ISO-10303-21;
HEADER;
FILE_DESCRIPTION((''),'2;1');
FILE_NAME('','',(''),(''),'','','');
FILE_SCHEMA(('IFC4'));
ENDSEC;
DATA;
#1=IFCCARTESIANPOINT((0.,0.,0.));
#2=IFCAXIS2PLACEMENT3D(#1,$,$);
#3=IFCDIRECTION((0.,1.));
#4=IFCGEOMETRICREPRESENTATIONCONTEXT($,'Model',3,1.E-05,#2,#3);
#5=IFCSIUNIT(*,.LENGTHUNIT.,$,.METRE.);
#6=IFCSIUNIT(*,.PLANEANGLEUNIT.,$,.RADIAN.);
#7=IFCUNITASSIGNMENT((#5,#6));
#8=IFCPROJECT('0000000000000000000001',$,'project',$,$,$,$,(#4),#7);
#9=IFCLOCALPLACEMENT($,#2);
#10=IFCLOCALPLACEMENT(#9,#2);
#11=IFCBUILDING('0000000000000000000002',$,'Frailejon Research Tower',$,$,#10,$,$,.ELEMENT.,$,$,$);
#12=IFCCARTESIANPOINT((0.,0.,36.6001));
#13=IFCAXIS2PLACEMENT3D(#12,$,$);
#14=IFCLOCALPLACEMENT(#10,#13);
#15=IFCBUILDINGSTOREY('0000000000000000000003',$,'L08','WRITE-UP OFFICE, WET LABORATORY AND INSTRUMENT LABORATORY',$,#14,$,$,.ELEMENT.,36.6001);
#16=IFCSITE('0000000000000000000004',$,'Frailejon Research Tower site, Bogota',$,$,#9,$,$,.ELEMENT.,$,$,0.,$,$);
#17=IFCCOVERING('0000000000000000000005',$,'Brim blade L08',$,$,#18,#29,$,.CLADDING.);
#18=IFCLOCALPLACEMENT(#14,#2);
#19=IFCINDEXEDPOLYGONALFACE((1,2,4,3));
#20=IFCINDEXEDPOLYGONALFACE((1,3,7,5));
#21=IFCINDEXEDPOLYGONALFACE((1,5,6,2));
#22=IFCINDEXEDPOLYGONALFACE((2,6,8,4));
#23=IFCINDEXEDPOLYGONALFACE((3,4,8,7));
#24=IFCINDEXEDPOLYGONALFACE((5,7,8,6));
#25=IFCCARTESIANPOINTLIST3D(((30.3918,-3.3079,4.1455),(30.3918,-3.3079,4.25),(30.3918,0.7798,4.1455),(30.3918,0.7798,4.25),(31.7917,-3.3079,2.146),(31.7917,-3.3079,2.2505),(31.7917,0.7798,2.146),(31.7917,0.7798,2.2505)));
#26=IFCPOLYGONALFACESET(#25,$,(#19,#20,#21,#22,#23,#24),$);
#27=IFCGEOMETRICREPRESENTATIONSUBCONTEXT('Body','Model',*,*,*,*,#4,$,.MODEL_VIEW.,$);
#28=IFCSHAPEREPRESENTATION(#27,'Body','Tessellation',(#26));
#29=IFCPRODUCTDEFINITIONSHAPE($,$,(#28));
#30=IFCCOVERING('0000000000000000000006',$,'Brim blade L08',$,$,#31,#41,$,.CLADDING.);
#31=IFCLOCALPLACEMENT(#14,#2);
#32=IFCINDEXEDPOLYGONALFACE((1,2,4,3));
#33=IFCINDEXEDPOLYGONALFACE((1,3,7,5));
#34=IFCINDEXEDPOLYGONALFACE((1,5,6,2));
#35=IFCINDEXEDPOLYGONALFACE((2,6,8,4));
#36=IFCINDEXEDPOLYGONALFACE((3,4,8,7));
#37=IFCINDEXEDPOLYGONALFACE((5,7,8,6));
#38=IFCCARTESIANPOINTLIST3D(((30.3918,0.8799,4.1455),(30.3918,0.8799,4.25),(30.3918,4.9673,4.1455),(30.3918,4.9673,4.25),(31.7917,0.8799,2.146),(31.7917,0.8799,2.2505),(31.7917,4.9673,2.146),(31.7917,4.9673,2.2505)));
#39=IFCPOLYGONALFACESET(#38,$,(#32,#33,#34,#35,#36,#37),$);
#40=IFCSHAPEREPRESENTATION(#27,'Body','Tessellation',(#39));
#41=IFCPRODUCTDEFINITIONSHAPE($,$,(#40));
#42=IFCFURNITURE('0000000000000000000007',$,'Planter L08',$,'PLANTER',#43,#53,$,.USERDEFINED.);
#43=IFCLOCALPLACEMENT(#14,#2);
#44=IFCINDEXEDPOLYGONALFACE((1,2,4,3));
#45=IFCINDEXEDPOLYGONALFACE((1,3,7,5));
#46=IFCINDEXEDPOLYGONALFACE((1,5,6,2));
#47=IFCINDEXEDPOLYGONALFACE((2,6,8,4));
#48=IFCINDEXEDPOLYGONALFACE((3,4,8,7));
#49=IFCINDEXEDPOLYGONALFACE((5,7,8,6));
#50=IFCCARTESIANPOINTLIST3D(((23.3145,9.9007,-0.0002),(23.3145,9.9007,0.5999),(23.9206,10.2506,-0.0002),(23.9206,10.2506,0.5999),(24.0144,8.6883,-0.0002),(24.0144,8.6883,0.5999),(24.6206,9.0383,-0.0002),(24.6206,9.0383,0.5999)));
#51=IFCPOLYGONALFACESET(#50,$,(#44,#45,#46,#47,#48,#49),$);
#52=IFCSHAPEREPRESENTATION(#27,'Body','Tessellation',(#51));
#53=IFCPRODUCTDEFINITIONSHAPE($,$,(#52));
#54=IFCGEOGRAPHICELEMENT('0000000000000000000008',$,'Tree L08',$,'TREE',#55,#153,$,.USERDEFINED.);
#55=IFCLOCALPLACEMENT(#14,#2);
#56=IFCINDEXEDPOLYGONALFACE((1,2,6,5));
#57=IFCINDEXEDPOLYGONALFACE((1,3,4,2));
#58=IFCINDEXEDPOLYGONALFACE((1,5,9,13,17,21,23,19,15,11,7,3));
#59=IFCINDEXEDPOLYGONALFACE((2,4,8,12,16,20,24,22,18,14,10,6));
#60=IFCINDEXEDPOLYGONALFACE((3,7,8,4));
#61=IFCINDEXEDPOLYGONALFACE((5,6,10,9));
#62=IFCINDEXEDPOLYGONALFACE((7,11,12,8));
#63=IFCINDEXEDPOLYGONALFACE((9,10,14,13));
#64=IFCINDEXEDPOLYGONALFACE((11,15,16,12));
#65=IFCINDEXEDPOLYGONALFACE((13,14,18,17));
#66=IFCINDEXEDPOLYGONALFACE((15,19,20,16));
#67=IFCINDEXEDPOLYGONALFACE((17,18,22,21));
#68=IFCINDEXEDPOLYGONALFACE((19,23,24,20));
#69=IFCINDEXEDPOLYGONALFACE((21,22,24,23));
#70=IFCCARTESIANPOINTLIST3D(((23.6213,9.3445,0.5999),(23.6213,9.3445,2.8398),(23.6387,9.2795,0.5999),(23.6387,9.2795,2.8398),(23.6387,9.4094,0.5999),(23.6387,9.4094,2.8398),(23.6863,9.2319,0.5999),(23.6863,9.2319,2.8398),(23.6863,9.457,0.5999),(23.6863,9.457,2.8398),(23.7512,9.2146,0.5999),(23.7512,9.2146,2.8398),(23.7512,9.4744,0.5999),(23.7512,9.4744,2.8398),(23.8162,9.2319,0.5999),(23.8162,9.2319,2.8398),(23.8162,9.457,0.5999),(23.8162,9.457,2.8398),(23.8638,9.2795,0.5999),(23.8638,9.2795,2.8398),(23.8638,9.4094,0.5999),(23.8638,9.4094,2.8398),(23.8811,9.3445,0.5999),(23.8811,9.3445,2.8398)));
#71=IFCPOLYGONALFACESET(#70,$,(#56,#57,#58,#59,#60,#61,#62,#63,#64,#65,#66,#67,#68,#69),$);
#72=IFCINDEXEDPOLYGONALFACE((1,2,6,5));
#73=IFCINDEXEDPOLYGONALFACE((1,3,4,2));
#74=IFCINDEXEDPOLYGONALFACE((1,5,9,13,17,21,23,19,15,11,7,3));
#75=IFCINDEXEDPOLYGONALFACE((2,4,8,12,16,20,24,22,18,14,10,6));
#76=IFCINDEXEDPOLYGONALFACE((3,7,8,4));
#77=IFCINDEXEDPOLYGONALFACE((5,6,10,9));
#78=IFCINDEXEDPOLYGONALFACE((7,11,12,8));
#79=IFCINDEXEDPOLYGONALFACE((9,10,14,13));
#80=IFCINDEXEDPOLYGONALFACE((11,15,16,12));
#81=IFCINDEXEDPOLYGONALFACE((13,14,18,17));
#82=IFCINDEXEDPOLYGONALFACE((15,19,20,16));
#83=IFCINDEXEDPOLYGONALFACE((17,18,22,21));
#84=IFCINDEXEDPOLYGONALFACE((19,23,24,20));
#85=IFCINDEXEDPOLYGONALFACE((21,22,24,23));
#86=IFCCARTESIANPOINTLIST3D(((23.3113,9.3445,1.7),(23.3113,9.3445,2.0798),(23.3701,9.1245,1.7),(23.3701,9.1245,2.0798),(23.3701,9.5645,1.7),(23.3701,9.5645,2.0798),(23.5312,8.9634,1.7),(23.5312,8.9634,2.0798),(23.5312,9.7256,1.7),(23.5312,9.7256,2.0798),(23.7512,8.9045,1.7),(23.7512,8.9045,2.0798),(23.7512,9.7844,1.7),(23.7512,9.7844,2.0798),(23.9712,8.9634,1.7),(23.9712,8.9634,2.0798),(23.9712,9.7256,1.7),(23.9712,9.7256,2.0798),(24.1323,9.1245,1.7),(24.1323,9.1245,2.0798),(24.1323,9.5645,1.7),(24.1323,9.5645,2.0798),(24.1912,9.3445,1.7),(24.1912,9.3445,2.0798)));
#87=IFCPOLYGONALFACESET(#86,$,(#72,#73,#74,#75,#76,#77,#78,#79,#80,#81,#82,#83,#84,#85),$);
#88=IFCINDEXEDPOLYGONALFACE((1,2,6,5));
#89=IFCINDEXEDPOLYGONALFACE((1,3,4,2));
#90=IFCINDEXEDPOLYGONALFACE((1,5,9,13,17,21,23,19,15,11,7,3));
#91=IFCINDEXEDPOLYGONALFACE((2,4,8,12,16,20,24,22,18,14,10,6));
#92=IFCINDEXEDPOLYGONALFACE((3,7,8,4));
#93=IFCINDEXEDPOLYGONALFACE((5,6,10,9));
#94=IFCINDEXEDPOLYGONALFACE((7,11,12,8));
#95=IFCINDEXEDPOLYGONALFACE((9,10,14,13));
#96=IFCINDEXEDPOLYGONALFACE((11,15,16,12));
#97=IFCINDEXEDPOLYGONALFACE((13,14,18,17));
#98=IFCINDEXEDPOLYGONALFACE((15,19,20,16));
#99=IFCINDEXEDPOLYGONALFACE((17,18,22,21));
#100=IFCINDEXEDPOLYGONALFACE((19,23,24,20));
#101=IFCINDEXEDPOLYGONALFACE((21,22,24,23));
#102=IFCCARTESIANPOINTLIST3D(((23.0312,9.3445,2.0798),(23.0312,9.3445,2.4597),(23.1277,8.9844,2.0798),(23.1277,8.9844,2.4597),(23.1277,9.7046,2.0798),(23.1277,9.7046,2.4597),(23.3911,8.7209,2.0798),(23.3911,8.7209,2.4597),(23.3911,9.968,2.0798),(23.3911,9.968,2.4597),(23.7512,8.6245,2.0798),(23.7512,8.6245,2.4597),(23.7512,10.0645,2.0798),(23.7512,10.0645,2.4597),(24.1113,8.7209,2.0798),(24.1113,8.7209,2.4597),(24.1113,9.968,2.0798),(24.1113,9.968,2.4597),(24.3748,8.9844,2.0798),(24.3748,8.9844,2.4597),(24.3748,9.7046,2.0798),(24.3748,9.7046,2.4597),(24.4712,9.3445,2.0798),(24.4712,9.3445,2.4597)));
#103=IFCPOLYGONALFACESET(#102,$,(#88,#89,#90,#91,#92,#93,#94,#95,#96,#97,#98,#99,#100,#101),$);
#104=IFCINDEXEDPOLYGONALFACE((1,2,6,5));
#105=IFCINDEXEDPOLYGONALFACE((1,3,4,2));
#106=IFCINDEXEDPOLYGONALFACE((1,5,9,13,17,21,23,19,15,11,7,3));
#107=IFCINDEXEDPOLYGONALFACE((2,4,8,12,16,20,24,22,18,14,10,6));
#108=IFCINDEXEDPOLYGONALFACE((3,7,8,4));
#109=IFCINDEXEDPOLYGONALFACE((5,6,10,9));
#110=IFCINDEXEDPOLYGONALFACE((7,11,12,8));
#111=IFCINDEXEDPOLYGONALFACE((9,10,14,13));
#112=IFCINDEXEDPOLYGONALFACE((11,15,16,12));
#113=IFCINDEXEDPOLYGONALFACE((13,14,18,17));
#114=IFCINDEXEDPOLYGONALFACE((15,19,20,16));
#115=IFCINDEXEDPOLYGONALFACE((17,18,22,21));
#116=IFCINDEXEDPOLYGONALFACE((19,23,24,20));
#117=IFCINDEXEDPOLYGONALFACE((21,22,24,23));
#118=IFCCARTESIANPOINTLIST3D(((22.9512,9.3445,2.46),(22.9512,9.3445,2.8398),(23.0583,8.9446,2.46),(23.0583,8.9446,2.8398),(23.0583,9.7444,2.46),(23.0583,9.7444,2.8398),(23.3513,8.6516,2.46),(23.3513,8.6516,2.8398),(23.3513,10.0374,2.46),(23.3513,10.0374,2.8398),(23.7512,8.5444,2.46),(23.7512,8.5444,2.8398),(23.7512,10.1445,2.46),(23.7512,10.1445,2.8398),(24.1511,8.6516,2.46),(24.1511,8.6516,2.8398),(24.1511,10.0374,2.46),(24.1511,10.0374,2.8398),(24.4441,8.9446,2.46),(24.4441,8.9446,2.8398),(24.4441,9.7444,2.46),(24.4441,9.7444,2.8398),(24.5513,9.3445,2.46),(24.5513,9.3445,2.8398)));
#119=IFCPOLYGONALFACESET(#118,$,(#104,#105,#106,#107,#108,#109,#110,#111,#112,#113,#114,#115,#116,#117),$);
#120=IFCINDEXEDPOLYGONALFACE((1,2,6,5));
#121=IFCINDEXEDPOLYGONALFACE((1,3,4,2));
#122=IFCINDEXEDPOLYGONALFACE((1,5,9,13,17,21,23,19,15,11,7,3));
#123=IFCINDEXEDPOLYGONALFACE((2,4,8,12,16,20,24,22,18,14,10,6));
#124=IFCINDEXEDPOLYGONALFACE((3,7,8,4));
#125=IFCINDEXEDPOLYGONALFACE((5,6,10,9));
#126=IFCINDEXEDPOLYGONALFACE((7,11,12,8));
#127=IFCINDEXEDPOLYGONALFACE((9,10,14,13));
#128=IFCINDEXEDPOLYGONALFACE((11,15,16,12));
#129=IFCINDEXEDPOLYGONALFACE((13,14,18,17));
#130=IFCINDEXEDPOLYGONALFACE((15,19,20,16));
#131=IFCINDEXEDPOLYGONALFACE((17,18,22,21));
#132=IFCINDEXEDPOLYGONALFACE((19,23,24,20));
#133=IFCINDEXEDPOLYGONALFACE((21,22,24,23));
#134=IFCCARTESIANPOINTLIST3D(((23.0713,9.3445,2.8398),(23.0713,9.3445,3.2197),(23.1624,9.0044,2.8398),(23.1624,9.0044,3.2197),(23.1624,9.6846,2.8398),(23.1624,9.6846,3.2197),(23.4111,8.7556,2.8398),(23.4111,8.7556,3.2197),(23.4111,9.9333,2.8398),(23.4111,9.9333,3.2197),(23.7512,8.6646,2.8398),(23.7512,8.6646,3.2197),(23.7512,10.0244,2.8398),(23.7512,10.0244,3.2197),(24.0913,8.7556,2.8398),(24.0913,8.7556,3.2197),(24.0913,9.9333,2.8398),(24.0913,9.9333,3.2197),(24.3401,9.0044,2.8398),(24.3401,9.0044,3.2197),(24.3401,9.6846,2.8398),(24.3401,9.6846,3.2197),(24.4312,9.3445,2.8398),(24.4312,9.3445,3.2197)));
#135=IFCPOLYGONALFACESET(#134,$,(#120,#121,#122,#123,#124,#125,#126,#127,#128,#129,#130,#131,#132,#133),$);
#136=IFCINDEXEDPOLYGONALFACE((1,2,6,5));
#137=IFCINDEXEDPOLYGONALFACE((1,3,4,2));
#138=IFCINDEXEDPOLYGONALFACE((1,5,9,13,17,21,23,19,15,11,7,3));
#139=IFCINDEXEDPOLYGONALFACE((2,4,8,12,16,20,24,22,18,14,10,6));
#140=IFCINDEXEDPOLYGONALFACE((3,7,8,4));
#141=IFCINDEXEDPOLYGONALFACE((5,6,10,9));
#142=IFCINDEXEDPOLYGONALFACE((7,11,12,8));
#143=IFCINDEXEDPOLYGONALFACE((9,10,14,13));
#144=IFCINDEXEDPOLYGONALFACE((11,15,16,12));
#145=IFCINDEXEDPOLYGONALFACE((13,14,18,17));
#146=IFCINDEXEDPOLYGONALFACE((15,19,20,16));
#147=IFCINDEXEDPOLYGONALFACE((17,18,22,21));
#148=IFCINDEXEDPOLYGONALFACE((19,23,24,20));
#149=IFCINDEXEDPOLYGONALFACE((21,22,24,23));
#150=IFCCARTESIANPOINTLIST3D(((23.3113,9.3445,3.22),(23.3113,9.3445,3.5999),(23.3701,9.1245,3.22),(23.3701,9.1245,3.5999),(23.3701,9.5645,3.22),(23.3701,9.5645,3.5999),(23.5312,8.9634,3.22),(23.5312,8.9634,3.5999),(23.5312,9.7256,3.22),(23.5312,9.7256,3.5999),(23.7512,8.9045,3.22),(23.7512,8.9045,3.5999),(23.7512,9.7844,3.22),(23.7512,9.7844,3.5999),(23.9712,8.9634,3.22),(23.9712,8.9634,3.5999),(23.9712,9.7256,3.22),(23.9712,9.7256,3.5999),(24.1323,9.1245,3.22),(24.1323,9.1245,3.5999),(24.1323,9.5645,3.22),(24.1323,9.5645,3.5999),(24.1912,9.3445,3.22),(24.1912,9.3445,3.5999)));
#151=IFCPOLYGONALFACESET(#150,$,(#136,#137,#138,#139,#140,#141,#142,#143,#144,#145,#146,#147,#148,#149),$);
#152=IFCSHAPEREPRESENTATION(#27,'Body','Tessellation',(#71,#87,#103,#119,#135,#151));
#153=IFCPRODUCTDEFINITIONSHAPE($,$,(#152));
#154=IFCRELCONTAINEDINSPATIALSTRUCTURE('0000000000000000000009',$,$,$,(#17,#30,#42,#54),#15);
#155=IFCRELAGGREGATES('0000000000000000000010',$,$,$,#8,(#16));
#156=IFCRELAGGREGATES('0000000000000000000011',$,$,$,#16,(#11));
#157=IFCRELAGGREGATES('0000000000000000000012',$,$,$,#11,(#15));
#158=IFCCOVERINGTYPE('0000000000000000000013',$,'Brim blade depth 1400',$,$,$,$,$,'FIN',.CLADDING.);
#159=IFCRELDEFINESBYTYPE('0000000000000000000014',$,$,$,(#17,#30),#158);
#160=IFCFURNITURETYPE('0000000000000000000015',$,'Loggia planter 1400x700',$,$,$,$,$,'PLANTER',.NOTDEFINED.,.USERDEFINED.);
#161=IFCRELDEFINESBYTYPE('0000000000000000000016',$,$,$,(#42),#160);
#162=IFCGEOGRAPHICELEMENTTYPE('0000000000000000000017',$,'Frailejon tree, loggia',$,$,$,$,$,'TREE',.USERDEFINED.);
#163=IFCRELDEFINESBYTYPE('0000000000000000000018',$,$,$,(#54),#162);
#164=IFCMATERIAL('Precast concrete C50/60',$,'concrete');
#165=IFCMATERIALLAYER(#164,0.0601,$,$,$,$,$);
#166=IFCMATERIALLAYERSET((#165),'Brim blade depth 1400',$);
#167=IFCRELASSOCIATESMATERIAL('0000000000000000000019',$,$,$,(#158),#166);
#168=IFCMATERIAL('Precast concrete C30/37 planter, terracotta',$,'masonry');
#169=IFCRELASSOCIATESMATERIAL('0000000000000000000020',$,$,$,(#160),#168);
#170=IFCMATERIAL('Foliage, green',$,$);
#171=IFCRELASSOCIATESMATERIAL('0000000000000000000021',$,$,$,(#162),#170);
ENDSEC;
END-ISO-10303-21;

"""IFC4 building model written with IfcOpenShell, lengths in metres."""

from ifc_helpers import new_model, si_unit, direction, frame, origin, origin_2d, place, context, subcontext, project, spatial, polyline, rectangle, outline, extrude, material, layer, layer_set, type_object, element, save


model = new_model("IFC4")

# Units and contexts
model_context = context("Model", 3, precision=1e-05, world=origin(), true_north=direction((0.0, 1.0)))
body_context = subcontext(model_context, "Body", "Model", "MODEL_VIEW")
ifc_project = project(units=[si_unit("LENGTHUNIT", "METRE"), si_unit("PLANEANGLEUNIT", "RADIAN")], contexts=[model_context])

# Site, building, storey
site_placement = place(None, origin())
site = spatial("IfcSite", under=ifc_project, at=site_placement, Name="Frailejon Research Tower site, Bogota", CompositionType="ELEMENT", RefElevation=0.0)
building_placement = place(site_placement, origin())
building = spatial("IfcBuilding", under=site, at=building_placement, Name="Frailejon Research Tower", CompositionType="ELEMENT")
storey_placement = place(building_placement, frame((0.0, 0.0, 36.6001)))
storey = spatial("IfcBuildingStorey", under=building, at=storey_placement, Name="L08", Description="WRITE-UP OFFICE, WET LABORATORY AND INSTRUMENT LABORATORY", CompositionType="ELEMENT", Elevation=36.6001)

# Coverings
ifc_material_1 = material(Name="Precast concrete C50/60", Category="concrete")
ifc_layer_1 = layer(ifc_material_1, 0.0601)
ifc_layer_set_1 = layer_set([ifc_layer_1], Name="Brim blade depth 1400")
covering_type_1 = type_object("IfcCoveringType", Name="Brim blade depth 1400", ElementType="FIN", PredefinedType="CLADDING", material=ifc_layer_set_1)
covering_1_placement = place(storey_placement, frame((30.3918, 0.7798, 4.25), z_axis=(0.0, -1.0, 0.0), x_axis=(1.0, 0.0, 0.0)))
element("IfcCovering", 1, at=covering_1_placement, inside=storey, type_object=covering_type_1, Name="Brim blade L08", PredefinedType="CLADDING", context=body_context, shape_type="SweptSolid", body=[
    extrude(outline(polyline([(0.0, -0.1045), (1.3999, -2.104), (1.3999, -1.9995), (0.0, 0.0), (0.0, -0.1045)])), origin(), (0.0, 0.0, 1.0), 4.0876),
])
covering_2_placement = place(storey_placement, frame((30.3918, 4.9673, 4.25), z_axis=(0.0, -1.0, 0.0), x_axis=(1.0, 0.0, 0.0)))
element("IfcCovering", 2, at=covering_2_placement, inside=storey, type_object=covering_type_1, Name="Brim blade L08", PredefinedType="CLADDING", context=body_context, shape_type="SweptSolid", body=[
    extrude(outline(polyline([(0.0, -0.1045), (1.3999, -2.104), (1.3999, -1.9995), (0.0, 0.0), (0.0, -0.1045)])), origin(), (0.0, 0.0, 1.0), 4.0874),
])

# Furniture
ifc_material_2 = material(Name="Precast concrete C30/37 planter, terracotta", Category="masonry")
furniture_type = type_object("IfcFurnitureType", Name="Loggia planter 1400x700", ElementType="PLANTER", AssemblyPlace="NOTDEFINED", PredefinedType="USERDEFINED", material=ifc_material_2)
furniture_placement = place(storey_placement, frame((23.9675, 9.4695, -0.0002), z_axis=(0.0, 0.0, 1.0), x_axis=(-0.5, 0.866025, 0.0)))
element("IfcFurniture", 3, at=furniture_placement, inside=storey, type_object=furniture_type, Name="Planter L08", ObjectType="PLANTER", PredefinedType="USERDEFINED", context=body_context, shape_type="SweptSolid", body=[
    extrude(rectangle(XDim=1.3999, YDim=0.7, at=origin_2d()), origin(), (0.0, 0.0, 1.0), 0.6001),
])

# Geographic element
ifc_material_3 = material(Name="Foliage, green")
geographic_element_type = type_object("IfcGeographicElementType", Name="Frailejon tree, loggia", ElementType="TREE", PredefinedType="USERDEFINED", material=ifc_material_3)
geographic_element_placement = place(storey_placement, frame((23.7512, 9.3445, 0.5999)))
element("IfcGeographicElement", 4, at=geographic_element_placement, inside=storey, type_object=geographic_element_type, Name="Tree L08", ObjectType="TREE", PredefinedType="USERDEFINED", context=body_context, shape_type="SweptSolid", body=[
    extrude(outline(polyline([(0.1299, 0.0), (0.1125, 0.0649), (0.0649, 0.1125), (0.0, 0.1299), (-0.0649, 0.1125), (-0.1125, 0.0649), (-0.1299, 0.0), (-0.1125, -0.0649), (-0.0649, -0.1125), (0.0, -0.1299), (0.0649, -0.1125), (0.1125, -0.0649), (0.1299, 0.0)])), origin(), (0.0, 0.0, 1.0), 2.24),
    extrude(outline(polyline([(0.4399, 0.0), (0.3811, 0.22), (0.22, 0.3811), (0.0, 0.4399), (-0.22, 0.3811), (-0.3811, 0.22), (-0.4399, 0.0), (-0.3811, -0.22), (-0.22, -0.3811), (0.0, -0.4399), (0.22, -0.3811), (0.3811, -0.22), (0.4399, 0.0)])), frame((0.0, 0.0, 1.1001)), (0.0, 0.0, 1.0), 0.3799),
    extrude(outline(polyline([(0.72, 0.0), (0.6235, 0.3601), (0.3601, 0.6235), (0.0, 0.72), (-0.3601, 0.6235), (-0.6235, 0.3601), (-0.72, 0.0), (-0.6235, -0.3601), (-0.3601, -0.6235), (0.0, -0.72), (0.3601, -0.6235), (0.6235, -0.3601), (0.72, 0.0)])), frame((0.0, 0.0, 1.48)), (0.0, 0.0, 1.0), 0.3799),
    extrude(outline(polyline([(0.8, 0.0), (0.6929, 0.3999), (0.3999, 0.6929), (0.0, 0.8), (-0.3999, 0.6929), (-0.6929, 0.3999), (-0.8, 0.0), (-0.6929, -0.3999), (-0.3999, -0.6929), (0.0, -0.8), (0.3999, -0.6929), (0.6929, -0.3999), (0.8, 0.0)])), frame((0.0, 0.0, 1.8601)), (0.0, 0.0, 1.0), 0.3799),
    extrude(outline(polyline([(0.6799, 0.0), (0.5889, 0.3401), (0.3401, 0.5889), (0.0, 0.6799), (-0.3401, 0.5889), (-0.5889, 0.3401), (-0.6799, 0.0), (-0.5889, -0.3401), (-0.3401, -0.5889), (0.0, -0.6799), (0.3401, -0.5889), (0.5889, -0.3401), (0.6799, 0.0)])), frame((0.0, 0.0, 2.24)), (0.0, 0.0, 1.0), 0.3799),
    extrude(outline(polyline([(0.4399, 0.0), (0.3811, 0.22), (0.22, 0.3811), (0.0, 0.4399), (-0.22, 0.3811), (-0.3811, 0.22), (-0.4399, 0.0), (-0.3811, -0.22), (-0.22, -0.3811), (0.0, -0.4399), (0.22, -0.3811), (0.3811, -0.22), (0.4399, 0.0)])), frame((0.0, 0.0, 2.6201)), (0.0, 0.0, 1.0), 0.3799),
])

save(model, "model.ifc")
